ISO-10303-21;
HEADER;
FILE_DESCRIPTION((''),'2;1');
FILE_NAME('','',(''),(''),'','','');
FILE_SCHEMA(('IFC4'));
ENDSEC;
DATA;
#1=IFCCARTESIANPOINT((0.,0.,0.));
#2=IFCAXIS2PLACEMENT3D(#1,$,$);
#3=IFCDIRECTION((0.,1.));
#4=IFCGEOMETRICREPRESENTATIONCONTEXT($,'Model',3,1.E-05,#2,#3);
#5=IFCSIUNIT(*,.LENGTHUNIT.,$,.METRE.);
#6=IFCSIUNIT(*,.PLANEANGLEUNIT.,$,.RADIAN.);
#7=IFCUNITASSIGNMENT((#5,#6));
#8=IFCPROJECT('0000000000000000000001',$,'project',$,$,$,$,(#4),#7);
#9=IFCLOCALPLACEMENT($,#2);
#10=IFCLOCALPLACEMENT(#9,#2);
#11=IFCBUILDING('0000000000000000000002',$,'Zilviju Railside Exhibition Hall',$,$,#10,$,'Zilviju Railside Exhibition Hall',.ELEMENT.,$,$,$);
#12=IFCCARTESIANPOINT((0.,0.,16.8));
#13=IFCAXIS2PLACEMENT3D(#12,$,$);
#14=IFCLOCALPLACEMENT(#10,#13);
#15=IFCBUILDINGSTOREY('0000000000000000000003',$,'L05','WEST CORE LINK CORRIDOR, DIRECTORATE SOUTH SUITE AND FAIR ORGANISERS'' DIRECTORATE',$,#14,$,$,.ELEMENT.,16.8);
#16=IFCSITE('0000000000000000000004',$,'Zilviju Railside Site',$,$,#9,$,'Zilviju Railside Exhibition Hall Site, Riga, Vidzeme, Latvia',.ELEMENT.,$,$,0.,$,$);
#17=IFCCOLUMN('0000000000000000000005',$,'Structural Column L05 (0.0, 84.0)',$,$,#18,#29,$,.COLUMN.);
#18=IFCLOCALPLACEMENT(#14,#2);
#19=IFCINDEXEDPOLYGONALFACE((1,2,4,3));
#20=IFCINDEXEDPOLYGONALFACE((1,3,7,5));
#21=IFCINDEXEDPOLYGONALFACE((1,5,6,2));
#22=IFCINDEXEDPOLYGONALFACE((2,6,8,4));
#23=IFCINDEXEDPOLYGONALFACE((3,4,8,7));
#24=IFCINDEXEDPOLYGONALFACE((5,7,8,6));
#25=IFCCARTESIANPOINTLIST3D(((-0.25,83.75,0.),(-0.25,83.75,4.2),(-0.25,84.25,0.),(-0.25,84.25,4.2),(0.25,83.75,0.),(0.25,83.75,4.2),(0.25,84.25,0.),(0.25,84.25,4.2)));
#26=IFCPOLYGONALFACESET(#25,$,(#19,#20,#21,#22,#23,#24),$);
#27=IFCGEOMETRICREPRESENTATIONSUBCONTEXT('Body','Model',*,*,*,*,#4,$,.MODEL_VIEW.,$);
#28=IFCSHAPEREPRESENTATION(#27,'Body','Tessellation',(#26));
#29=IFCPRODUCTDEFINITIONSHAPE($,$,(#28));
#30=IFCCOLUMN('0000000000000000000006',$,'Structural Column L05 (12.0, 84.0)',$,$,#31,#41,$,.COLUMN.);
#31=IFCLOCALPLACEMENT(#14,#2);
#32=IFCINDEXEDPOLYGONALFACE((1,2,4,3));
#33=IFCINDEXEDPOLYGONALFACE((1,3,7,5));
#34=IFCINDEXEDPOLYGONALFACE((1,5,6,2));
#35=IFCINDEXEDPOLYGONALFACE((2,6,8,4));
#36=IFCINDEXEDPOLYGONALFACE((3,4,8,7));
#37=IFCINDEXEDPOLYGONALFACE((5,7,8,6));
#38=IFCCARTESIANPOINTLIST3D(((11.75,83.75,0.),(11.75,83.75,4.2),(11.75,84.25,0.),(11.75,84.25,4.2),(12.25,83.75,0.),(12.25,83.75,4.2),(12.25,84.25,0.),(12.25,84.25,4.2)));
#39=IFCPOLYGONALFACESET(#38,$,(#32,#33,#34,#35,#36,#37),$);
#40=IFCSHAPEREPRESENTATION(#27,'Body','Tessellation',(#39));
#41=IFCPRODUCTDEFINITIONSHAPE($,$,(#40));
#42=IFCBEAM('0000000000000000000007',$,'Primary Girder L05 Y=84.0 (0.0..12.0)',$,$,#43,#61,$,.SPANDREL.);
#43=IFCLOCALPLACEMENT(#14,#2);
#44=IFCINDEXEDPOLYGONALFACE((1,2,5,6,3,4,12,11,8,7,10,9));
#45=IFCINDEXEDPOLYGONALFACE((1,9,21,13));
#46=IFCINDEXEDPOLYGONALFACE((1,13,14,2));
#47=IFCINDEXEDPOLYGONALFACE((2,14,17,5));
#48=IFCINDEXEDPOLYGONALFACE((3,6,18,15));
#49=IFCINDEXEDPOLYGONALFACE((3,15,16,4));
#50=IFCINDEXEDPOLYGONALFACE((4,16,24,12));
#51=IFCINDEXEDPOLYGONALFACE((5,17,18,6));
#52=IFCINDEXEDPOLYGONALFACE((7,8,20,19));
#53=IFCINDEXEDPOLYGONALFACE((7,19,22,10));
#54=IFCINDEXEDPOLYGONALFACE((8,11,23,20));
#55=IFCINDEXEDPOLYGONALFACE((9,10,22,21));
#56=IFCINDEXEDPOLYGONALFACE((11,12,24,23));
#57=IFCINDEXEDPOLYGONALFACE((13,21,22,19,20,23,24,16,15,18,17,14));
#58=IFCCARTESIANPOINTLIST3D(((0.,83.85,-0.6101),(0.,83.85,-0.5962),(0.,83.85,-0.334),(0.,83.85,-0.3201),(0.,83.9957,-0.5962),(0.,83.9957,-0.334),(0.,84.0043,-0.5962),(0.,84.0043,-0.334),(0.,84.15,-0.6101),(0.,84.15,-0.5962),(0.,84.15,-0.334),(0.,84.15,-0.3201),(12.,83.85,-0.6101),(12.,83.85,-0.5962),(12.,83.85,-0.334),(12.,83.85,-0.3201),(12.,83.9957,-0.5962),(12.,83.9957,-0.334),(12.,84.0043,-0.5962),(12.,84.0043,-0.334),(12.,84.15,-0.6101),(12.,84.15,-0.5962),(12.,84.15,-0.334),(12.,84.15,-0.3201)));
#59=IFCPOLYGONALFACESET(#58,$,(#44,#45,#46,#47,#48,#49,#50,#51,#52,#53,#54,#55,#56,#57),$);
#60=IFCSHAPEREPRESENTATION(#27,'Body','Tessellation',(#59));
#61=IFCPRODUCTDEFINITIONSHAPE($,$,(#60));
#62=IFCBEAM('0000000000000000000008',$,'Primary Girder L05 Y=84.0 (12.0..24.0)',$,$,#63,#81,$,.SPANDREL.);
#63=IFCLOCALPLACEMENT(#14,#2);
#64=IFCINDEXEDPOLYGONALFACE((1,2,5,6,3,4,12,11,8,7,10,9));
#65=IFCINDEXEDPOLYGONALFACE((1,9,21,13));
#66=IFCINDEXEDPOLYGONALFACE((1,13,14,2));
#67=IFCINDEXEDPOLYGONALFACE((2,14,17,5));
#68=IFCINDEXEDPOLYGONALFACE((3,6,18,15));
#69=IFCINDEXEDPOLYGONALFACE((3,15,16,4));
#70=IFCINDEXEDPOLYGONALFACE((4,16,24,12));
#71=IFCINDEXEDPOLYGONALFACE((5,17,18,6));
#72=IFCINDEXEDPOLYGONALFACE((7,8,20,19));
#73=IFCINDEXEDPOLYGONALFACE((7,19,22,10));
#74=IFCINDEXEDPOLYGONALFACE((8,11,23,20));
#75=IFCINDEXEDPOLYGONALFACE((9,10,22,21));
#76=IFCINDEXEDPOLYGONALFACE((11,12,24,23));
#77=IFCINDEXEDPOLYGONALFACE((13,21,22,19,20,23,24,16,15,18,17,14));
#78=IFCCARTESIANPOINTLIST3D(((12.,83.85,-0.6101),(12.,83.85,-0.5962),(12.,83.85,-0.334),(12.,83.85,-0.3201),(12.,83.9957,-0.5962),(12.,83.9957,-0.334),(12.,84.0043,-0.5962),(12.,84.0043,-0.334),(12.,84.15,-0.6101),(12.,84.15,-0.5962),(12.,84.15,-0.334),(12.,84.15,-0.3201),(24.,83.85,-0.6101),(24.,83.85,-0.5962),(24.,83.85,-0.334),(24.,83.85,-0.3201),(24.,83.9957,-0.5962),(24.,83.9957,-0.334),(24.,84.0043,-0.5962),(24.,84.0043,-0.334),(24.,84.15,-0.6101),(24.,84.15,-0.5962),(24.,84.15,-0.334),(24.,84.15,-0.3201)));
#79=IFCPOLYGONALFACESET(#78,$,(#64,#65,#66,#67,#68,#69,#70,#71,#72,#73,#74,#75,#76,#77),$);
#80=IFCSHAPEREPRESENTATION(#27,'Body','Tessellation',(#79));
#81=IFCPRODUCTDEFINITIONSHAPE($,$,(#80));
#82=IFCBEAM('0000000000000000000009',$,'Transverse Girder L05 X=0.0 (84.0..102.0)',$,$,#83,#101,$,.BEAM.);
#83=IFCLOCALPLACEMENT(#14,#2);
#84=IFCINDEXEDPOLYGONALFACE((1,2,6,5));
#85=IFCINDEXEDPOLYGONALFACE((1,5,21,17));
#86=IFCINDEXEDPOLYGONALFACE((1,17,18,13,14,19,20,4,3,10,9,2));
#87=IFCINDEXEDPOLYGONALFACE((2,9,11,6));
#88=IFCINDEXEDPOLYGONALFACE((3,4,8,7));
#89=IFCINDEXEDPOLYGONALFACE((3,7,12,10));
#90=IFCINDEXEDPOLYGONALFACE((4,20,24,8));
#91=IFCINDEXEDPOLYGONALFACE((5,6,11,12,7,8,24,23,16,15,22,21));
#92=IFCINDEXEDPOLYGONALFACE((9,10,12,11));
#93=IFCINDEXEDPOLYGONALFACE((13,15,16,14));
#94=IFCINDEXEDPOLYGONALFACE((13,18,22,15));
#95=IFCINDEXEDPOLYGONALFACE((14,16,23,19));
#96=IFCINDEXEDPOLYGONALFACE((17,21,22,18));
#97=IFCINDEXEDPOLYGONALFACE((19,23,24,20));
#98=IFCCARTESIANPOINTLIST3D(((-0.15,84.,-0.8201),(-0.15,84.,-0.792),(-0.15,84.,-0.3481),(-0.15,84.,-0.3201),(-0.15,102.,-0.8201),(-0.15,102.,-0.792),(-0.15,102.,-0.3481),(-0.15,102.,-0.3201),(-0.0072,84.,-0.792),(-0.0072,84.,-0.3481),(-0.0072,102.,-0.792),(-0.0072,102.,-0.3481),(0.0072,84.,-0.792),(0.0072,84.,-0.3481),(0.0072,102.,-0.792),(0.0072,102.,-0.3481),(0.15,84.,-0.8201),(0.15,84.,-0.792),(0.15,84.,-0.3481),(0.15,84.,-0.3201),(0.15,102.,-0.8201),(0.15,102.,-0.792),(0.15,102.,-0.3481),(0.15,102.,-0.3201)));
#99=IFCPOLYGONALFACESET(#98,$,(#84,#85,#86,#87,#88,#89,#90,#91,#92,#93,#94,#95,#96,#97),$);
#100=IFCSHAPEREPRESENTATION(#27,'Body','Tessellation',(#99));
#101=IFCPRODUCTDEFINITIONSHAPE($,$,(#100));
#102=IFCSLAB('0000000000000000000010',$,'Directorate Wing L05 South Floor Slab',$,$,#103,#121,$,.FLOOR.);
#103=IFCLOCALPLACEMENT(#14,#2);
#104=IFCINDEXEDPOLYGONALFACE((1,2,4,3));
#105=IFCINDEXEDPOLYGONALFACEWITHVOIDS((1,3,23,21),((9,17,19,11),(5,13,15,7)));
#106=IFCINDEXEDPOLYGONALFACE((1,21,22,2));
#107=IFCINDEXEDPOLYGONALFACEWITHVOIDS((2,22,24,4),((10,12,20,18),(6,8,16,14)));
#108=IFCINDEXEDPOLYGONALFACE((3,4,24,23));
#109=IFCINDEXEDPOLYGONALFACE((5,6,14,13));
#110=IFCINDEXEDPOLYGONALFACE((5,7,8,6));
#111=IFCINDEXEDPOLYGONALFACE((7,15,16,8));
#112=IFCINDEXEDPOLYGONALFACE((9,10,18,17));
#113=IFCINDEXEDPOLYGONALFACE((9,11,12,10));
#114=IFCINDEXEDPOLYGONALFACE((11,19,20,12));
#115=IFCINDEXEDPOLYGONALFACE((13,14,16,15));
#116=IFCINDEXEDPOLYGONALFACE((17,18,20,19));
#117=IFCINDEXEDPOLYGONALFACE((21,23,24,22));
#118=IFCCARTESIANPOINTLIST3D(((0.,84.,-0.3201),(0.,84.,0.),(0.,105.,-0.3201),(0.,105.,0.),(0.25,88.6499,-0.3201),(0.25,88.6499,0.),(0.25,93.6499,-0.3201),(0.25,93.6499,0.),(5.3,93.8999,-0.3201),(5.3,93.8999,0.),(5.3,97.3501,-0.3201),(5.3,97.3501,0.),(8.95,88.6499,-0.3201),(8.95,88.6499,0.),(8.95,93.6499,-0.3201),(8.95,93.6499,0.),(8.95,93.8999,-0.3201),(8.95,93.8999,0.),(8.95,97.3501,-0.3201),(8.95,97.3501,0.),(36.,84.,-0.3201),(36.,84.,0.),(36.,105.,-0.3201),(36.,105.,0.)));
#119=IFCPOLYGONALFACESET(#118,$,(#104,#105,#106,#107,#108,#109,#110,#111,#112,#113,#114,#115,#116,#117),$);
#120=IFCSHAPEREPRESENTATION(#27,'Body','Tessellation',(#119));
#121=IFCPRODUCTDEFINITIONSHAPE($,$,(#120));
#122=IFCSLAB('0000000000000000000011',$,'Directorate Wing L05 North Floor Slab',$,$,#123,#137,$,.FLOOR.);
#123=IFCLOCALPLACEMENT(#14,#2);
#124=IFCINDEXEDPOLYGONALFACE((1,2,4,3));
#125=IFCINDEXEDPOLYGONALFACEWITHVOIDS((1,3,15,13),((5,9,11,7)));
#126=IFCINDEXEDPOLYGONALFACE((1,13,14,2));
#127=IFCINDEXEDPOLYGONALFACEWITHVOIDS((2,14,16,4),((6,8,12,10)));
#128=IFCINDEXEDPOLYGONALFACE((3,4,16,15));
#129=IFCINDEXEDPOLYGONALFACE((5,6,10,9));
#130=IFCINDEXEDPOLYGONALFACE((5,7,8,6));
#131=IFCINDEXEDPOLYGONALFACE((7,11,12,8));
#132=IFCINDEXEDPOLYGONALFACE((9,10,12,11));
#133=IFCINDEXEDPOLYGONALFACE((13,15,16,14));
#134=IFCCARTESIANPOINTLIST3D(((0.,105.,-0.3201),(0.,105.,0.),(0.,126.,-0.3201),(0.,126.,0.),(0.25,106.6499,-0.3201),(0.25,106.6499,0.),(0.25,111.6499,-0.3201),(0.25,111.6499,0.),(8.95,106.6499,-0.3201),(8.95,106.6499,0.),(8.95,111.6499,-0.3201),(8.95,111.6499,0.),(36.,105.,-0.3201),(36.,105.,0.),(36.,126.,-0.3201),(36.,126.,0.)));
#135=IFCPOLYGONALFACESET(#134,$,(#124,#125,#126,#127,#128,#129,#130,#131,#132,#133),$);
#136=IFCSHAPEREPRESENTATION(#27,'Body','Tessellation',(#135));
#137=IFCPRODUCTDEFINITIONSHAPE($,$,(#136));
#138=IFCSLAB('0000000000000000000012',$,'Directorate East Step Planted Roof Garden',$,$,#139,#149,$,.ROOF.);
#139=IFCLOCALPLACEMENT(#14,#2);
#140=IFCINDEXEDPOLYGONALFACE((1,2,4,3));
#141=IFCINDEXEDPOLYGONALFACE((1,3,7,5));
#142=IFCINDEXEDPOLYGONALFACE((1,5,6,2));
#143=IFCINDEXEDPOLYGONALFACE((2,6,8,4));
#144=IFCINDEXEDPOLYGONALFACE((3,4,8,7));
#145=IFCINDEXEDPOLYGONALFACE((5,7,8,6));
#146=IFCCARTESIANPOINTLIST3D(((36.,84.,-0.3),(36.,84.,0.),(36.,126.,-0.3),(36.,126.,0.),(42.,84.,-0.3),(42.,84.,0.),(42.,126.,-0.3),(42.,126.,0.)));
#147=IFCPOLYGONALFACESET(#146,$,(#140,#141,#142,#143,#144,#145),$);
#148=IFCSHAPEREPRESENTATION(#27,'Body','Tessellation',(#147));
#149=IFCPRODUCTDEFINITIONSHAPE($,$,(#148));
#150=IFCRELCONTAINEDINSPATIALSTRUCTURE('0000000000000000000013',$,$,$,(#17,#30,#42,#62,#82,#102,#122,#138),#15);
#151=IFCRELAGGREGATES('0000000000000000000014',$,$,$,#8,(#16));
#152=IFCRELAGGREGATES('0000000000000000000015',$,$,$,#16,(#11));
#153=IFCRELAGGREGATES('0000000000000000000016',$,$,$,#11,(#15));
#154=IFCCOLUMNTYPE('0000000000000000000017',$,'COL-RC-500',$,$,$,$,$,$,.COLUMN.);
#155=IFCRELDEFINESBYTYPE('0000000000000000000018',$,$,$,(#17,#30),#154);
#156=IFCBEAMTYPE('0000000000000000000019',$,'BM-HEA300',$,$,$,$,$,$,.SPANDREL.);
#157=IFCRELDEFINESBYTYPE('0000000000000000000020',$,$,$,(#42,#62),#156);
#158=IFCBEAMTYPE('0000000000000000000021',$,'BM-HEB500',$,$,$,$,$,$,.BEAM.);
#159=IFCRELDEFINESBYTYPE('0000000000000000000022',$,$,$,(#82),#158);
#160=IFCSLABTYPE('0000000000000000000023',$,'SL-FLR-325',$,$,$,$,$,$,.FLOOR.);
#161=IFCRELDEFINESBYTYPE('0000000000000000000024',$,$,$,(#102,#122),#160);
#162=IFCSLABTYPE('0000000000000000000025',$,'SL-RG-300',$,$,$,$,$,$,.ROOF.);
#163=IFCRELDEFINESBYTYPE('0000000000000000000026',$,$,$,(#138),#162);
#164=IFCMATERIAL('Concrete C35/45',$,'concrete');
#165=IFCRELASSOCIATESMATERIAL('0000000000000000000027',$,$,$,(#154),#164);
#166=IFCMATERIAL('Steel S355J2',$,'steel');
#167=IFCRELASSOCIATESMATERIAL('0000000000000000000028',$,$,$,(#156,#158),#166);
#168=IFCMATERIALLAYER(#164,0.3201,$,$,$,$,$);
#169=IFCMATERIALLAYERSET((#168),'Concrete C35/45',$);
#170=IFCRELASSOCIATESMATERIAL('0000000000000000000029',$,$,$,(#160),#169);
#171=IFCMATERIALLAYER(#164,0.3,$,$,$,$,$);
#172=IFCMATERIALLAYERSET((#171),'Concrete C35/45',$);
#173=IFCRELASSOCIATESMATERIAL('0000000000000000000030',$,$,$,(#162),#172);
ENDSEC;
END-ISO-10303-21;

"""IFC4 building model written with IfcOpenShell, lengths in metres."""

from ifc_helpers import new_model, si_unit, direction, frame, origin, origin_2d, place, context, subcontext, project, spatial, polyline, rectangle, i_section, outline, extrude, material, layer, layer_set, material_profile, profile_set, type_object, element, save


model = new_model("IFC4")

# Units and contexts
model_context = context("Model", 3, precision=1e-05, world=origin(), true_north=direction((0.0, 1.0)))
body_context = subcontext(model_context, "Body", "Model", "MODEL_VIEW")
ifc_project = project(units=[si_unit("LENGTHUNIT", "METRE"), si_unit("PLANEANGLEUNIT", "RADIAN")], contexts=[model_context])

# Site, building, storey
site_placement = place(None, origin())
site = spatial("IfcSite", under=ifc_project, at=site_placement, Name="Zilviju Railside Site", LongName="Zilviju Railside Exhibition Hall Site, Riga, Vidzeme, Latvia", CompositionType="ELEMENT", RefElevation=0.0)
building_placement = place(site_placement, origin())
building = spatial("IfcBuilding", under=site, at=building_placement, Name="Zilviju Railside Exhibition Hall", LongName="Zilviju Railside Exhibition Hall", CompositionType="ELEMENT")
storey_placement = place(building_placement, frame((0.0, 0.0, 16.8)))
storey = spatial("IfcBuildingStorey", under=building, at=storey_placement, Name="L05", Description="WEST CORE LINK CORRIDOR, DIRECTORATE SOUTH SUITE AND FAIR ORGANISERS' DIRECTORATE", CompositionType="ELEMENT", Elevation=16.8)

# Columns
ifc_material_1 = material(Name="Concrete C35/45", Category="concrete")
ifc_material_profile_1 = material_profile(ifc_material_1, rectangle(XDim=0.5, YDim=0.5, at=origin_2d()), Name="RC COL 500x500")
ifc_profile_set_1 = profile_set([ifc_material_profile_1], Name="Concrete C35/45")
column_type = type_object("IfcColumnType", Name="COL-RC-500", PredefinedType="COLUMN", material=ifc_profile_set_1)
for number, where, z_axis, x_axis, name in (
    (1, (0.0, 84.0, 0.0), (0.0, 0.0, 1.0), (1.0, 0.0, 0.0), "Structural Column L05 (0.0, 84.0)"),
    (2, (12.0, 84.0, 0.0), (0.0, 0.0, 1.0), (1.0, 0.0, 0.0), "Structural Column L05 (12.0, 84.0)"),
):
    element("IfcColumn", number, at=place(storey_placement, frame(where, z_axis=z_axis, x_axis=x_axis)), inside=storey, type_object=column_type, Name=name, PredefinedType="COLUMN", context=body_context, shape_type="SweptSolid", body=[
        extrude(rectangle(XDim=0.5, YDim=0.5, at=origin_2d()), origin(), (0.0, 0.0, 1.0), 4.2),
    ])

# Beams
ifc_material_2 = material(Name="Steel S355J2", Category="steel")
ifc_material_profile_2 = material_profile(ifc_material_2, i_section(OverallWidth=0.3, OverallDepth=0.29, WebThickness=0.0085, FlangeThickness=0.0139, at=origin_2d()), Name="HEA 300")
ifc_profile_set_2 = profile_set([ifc_material_profile_2], Name="Steel S355J2")
beam_type_1 = type_object("IfcBeamType", Name="BM-HEA300", PredefinedType="SPANDREL", material=ifc_profile_set_2)
for number, where, z_axis, x_axis, name in (
    (3, (0.0, 84.0, -0.4651), (1.0, 0.0, 0.0), (0.0, 1.0, 0.0), "Primary Girder L05 Y=84.0 (0.0..12.0)"),
    (4, (12.0, 84.0, -0.4651), (1.0, 0.0, 0.0), (0.0, 1.0, 0.0), "Primary Girder L05 Y=84.0 (12.0..24.0)"),
):
    element("IfcBeam", number, at=place(storey_placement, frame(where, z_axis=z_axis, x_axis=x_axis)), inside=storey, type_object=beam_type_1, Name=name, PredefinedType="SPANDREL", context=body_context, shape_type="SweptSolid", body=[
        extrude(i_section(OverallWidth=0.3, OverallDepth=0.29, WebThickness=0.0085, FlangeThickness=0.0139, at=origin_2d()), origin(), (0.0, 0.0, 1.0), 12.0),
    ])
ifc_material_profile_3 = material_profile(ifc_material_2, i_section(OverallWidth=0.3, OverallDepth=0.5, WebThickness=0.0144, FlangeThickness=0.0281, at=origin_2d()), Name="HEB 500")
ifc_profile_set_3 = profile_set([ifc_material_profile_3], Name="Steel S355J2")
beam_type_2 = type_object("IfcBeamType", Name="BM-HEB500", PredefinedType="BEAM", material=ifc_profile_set_3)
beam_placement = place(storey_placement, frame((0.0, 84.0, -0.5701), z_axis=(0.0, 1.0, 0.0), x_axis=(-1.0, 0.0, 0.0)))
element("IfcBeam", 5, at=beam_placement, inside=storey, type_object=beam_type_2, Name="Transverse Girder L05 X=0.0 (84.0..102.0)", PredefinedType="BEAM", context=body_context, shape_type="SweptSolid", body=[
    extrude(i_section(OverallWidth=0.3, OverallDepth=0.5, WebThickness=0.0144, FlangeThickness=0.0281, at=origin_2d()), origin(), (0.0, 0.0, 1.0), 18.0),
])

# Slabs
ifc_layer_1 = layer(ifc_material_1, 0.3201)
ifc_layer_set_1 = layer_set([ifc_layer_1], Name="Concrete C35/45")
slab_type_1 = type_object("IfcSlabType", Name="SL-FLR-325", PredefinedType="FLOOR", material=ifc_layer_set_1)
slab_1_placement = place(storey_placement, frame((0.0, 0.0, -0.3201)))
element("IfcSlab", 6, at=slab_1_placement, inside=storey, type_object=slab_type_1, Name="Directorate Wing L05 South Floor Slab", PredefinedType="FLOOR", context=body_context, shape_type="SweptSolid", body=[
    extrude(outline(polyline([(0.0, 84.0), (36.0, 84.0), (36.0, 105.0), (0.0, 105.0), (0.0, 84.0)]), holes=[polyline([(0.25, 88.6499), (8.95, 88.6499), (8.95, 93.6499), (0.25, 93.6499), (0.25, 88.6499)]), polyline([(5.3, 93.8999), (8.95, 93.8999), (8.95, 97.3501), (5.3, 97.3501), (5.3, 93.8999)])]), origin(), (0.0, 0.0, 1.0), 0.3201),
])
slab_2_placement = place(storey_placement, frame((0.0, 0.0, -0.3201)))
element("IfcSlab", 7, at=slab_2_placement, inside=storey, type_object=slab_type_1, Name="Directorate Wing L05 North Floor Slab", PredefinedType="FLOOR", context=body_context, shape_type="SweptSolid", body=[
    extrude(outline(polyline([(0.0, 105.0), (36.0, 105.0), (36.0, 126.0), (0.0, 126.0), (0.0, 105.0)]), holes=[polyline([(0.25, 106.6499), (8.95, 106.6499), (8.95, 111.6499), (0.25, 111.6499), (0.25, 106.6499)])]), origin(), (0.0, 0.0, 1.0), 0.3201),
])
ifc_layer_2 = layer(ifc_material_1, 0.3)
ifc_layer_set_2 = layer_set([ifc_layer_2], Name="Concrete C35/45")
slab_type_2 = type_object("IfcSlabType", Name="SL-RG-300", PredefinedType="ROOF", material=ifc_layer_set_2)
slab_3_placement = place(storey_placement, frame((0.0, 0.0, -0.3)))
element("IfcSlab", 8, at=slab_3_placement, inside=storey, type_object=slab_type_2, Name="Directorate East Step Planted Roof Garden", PredefinedType="ROOF", context=body_context, shape_type="SweptSolid", body=[
    extrude(outline(polyline([(36.0, 84.0), (42.0, 84.0), (42.0, 126.0), (36.0, 126.0), (36.0, 84.0)])), origin(), (0.0, 0.0, 1.0), 0.3),
])

save(model, "model.ifc")
